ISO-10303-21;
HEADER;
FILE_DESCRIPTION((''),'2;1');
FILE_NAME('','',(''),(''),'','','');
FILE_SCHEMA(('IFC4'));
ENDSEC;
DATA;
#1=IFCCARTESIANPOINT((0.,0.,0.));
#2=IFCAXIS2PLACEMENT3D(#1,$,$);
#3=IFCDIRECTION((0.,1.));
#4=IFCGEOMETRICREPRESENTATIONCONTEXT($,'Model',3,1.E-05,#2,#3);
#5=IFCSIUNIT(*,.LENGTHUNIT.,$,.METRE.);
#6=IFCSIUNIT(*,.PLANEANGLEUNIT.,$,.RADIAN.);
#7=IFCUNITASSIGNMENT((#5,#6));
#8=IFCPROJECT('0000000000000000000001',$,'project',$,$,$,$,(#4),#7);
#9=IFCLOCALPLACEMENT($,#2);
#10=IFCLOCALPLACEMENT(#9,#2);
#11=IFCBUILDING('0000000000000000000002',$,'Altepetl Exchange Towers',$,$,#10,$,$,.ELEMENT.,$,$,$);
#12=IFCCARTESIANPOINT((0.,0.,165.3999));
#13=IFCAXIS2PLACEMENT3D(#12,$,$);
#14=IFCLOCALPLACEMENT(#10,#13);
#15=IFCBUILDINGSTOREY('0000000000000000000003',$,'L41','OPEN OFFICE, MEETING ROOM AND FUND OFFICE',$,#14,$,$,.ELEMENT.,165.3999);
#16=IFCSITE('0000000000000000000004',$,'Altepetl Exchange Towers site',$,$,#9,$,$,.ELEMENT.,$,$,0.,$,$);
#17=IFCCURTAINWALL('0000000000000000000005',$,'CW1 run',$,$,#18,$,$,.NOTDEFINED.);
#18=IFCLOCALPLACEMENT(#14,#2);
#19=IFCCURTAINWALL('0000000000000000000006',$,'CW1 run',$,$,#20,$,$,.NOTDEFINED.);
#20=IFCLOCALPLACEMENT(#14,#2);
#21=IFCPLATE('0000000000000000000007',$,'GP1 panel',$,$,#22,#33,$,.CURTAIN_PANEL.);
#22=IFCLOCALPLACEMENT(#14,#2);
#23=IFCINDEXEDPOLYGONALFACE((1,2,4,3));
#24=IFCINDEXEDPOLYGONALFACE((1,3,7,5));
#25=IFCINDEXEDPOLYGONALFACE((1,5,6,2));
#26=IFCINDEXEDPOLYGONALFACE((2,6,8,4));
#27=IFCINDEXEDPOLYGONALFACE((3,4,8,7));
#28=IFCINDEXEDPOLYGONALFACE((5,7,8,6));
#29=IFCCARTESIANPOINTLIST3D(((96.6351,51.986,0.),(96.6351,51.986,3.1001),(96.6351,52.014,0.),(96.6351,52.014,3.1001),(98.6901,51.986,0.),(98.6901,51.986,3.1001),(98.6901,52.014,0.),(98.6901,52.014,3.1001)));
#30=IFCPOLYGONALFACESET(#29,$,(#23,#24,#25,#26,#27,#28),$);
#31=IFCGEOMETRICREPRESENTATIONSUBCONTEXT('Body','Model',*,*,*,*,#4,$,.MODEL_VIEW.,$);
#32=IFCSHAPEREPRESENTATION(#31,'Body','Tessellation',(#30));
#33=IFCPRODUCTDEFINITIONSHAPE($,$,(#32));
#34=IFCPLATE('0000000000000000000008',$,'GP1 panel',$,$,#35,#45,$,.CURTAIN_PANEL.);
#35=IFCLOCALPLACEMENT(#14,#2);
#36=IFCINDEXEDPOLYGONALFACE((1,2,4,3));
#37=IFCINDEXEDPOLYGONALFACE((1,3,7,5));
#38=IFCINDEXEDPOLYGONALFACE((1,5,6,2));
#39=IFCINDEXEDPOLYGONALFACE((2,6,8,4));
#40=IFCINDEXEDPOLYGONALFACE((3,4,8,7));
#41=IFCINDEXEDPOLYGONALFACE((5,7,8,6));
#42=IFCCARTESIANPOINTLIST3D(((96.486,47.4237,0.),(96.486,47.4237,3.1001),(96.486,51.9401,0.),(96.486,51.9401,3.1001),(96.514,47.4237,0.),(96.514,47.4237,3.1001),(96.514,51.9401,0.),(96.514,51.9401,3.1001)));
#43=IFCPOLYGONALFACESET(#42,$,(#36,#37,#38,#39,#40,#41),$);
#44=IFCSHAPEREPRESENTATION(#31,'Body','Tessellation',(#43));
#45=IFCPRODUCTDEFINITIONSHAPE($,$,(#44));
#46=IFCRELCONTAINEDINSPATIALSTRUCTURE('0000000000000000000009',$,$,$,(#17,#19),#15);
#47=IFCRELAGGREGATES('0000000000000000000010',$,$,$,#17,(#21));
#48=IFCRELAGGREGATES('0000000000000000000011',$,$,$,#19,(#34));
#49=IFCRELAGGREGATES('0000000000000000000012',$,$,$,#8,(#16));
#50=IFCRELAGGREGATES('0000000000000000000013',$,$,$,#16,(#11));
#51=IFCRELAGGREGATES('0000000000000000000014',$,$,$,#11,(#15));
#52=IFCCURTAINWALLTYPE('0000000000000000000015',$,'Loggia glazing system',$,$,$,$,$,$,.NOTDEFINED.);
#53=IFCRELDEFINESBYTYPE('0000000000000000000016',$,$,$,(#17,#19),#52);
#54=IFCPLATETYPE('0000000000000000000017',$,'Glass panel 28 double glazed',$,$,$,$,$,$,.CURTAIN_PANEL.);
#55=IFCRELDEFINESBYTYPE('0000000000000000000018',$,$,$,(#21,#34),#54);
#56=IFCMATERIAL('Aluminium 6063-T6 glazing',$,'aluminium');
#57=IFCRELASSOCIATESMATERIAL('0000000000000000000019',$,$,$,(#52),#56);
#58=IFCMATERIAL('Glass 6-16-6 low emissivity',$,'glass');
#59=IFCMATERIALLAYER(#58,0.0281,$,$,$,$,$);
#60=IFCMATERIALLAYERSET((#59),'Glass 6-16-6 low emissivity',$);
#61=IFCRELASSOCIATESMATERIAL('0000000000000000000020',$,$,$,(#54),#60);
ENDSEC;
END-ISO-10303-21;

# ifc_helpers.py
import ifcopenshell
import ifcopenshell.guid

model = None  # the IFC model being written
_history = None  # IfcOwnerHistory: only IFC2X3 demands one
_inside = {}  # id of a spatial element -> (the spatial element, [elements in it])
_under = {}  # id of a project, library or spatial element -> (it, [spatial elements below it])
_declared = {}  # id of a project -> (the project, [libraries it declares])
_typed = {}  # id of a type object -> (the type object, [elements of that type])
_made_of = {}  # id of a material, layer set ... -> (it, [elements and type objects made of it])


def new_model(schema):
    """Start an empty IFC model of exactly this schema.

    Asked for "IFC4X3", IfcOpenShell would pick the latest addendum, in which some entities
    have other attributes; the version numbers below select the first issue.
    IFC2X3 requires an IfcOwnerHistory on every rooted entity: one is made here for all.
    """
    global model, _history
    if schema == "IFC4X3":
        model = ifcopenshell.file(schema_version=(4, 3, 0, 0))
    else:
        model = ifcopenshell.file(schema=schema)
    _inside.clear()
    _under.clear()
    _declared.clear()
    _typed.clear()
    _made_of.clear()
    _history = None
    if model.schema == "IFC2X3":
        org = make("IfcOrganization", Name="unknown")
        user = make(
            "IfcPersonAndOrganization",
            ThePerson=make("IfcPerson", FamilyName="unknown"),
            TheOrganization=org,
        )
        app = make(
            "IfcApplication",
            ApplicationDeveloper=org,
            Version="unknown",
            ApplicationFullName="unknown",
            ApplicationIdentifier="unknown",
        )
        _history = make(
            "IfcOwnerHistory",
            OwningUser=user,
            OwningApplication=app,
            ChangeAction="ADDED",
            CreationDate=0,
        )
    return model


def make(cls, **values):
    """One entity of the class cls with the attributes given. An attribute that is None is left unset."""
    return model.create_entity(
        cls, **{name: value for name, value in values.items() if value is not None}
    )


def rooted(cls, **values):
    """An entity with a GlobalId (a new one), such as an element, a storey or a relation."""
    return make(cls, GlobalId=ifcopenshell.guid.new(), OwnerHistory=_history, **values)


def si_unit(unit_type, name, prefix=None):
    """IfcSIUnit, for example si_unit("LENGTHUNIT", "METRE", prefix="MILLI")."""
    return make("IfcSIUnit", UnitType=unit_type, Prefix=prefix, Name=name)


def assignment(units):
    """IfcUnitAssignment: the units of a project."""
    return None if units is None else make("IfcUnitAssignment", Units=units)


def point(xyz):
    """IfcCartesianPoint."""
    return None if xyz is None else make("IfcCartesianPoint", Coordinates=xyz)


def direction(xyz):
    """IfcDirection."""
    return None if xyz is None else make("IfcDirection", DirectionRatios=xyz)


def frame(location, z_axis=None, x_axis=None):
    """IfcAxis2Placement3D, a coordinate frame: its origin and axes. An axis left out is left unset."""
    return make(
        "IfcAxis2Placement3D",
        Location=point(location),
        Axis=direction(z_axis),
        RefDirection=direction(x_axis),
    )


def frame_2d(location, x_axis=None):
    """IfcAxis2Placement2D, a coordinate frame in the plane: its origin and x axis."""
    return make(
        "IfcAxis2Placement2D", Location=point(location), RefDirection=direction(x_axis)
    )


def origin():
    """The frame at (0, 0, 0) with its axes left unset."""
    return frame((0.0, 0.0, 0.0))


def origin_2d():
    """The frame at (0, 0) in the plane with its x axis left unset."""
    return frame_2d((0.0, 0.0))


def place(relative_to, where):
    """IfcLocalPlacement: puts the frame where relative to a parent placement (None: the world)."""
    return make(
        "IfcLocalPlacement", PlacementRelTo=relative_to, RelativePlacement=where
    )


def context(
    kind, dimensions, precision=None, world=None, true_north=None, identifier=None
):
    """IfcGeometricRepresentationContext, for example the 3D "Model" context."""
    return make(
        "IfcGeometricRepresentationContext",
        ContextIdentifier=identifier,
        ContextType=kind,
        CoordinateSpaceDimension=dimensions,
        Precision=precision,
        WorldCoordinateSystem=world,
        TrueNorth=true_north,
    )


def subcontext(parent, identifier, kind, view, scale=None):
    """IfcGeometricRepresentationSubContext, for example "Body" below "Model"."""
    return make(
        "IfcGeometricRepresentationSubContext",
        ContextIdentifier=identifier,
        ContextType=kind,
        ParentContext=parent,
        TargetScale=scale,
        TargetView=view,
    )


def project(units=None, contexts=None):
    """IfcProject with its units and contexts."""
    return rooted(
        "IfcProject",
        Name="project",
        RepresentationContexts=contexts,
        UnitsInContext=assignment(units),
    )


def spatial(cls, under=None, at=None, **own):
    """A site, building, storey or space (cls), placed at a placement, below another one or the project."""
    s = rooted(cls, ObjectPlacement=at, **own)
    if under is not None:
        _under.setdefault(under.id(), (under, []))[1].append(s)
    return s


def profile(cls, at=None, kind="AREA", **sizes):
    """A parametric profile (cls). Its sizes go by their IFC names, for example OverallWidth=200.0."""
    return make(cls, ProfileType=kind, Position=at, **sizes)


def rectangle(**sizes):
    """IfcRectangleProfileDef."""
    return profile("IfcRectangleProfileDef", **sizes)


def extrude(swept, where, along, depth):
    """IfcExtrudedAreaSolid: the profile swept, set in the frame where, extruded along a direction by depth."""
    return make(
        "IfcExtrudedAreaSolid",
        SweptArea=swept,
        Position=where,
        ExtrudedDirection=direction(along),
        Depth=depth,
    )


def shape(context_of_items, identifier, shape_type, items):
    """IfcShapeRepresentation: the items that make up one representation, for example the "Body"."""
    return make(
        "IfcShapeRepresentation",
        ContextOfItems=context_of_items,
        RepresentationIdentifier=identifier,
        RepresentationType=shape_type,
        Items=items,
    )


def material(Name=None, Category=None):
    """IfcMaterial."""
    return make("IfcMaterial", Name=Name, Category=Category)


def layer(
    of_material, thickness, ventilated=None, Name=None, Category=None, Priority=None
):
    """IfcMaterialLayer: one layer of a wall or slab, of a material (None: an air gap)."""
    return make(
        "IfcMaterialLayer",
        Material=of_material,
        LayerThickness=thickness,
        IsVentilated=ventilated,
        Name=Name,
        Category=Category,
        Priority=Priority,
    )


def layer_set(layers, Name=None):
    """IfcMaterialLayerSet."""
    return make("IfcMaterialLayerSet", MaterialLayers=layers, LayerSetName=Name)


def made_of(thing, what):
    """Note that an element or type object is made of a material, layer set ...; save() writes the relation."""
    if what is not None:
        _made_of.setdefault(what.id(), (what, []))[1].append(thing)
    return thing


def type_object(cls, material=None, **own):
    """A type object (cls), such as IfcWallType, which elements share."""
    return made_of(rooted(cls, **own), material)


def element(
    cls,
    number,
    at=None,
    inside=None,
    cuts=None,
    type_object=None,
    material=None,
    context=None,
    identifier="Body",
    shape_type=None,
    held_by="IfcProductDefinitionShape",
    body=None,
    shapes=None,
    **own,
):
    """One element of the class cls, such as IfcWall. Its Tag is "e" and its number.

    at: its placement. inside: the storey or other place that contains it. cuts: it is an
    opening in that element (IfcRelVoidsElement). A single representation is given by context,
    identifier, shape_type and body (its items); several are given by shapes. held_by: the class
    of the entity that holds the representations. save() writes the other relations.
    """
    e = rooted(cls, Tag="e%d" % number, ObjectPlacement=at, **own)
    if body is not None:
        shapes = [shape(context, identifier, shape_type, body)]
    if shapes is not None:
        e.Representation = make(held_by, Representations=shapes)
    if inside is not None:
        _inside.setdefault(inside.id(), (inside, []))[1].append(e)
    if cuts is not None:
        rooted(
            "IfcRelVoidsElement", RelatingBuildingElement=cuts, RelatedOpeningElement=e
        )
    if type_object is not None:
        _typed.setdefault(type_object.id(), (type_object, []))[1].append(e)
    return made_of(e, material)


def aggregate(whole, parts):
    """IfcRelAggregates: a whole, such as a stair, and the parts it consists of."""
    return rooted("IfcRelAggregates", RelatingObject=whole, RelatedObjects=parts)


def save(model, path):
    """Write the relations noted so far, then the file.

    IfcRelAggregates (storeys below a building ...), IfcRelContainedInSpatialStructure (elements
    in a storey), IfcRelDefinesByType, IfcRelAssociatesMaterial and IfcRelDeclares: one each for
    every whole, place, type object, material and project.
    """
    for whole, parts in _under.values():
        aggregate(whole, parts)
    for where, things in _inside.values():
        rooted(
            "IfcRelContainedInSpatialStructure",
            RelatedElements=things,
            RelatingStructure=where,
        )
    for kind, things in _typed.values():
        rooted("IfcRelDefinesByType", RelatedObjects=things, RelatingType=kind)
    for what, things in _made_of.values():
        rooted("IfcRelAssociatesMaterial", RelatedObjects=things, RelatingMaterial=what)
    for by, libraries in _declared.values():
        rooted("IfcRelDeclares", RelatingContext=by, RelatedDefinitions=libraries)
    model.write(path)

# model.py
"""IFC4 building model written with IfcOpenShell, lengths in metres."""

from ifc_helpers import new_model, si_unit, direction, frame, origin, origin_2d, place, context, subcontext, project, spatial, rectangle, extrude, material, layer, layer_set, type_object, element, aggregate, save


model = new_model("IFC4")

# Units and contexts
model_context = context("Model", 3, precision=1e-05, world=origin(), true_north=direction((0.0, 1.0)))
body_context = subcontext(model_context, "Body", "Model", "MODEL_VIEW")
ifc_project = project(units=[si_unit("LENGTHUNIT", "METRE"), si_unit("PLANEANGLEUNIT", "RADIAN")], contexts=[model_context])

# Site, building, storey
site_placement = place(None, origin())
site = spatial("IfcSite", under=ifc_project, at=site_placement, Name="Altepetl Exchange Towers site", CompositionType="ELEMENT", RefElevation=0.0)
building_placement = place(site_placement, origin())
building = spatial("IfcBuilding", under=site, at=building_placement, Name="Altepetl Exchange Towers", CompositionType="ELEMENT")
storey_placement = place(building_placement, frame((0.0, 0.0, 165.3999)))
storey = spatial("IfcBuildingStorey", under=building, at=storey_placement, Name="L41", Description="OPEN OFFICE, MEETING ROOM AND FUND OFFICE", CompositionType="ELEMENT", Elevation=165.3999)

# Shared definitions
ifc_material_1 = material(Name="Aluminium 6063-T6 glazing", Category="aluminium")
curtain_wall_type = type_object("IfcCurtainWallType", Name="Loggia glazing system", PredefinedType="NOTDEFINED", material=ifc_material_1)

# Curtain walls
curtain_wall_1_placement = place(storey_placement, origin())
curtain_wall_1 = element("IfcCurtainWall", 1, at=curtain_wall_1_placement, inside=storey, type_object=curtain_wall_type, Name="CW1 run", PredefinedType="NOTDEFINED")
curtain_wall_2_placement = place(storey_placement, origin())
curtain_wall_2 = element("IfcCurtainWall", 2, at=curtain_wall_2_placement, inside=storey, type_object=curtain_wall_type, Name="CW1 run", PredefinedType="NOTDEFINED")

# Plates
ifc_material_2 = material(Name="Glass 6-16-6 low emissivity", Category="glass")
ifc_layer = layer(ifc_material_2, 0.0281)
ifc_layer_set = layer_set([ifc_layer], Name="Glass 6-16-6 low emissivity")
plate_type = type_object("IfcPlateType", Name="Glass panel 28 double glazed", PredefinedType="CURTAIN_PANEL", material=ifc_layer_set)
plate_1_placement = place(storey_placement, frame((97.6626, 52.0, 0.0), z_axis=(0.0, 0.0, 1.0), x_axis=(-1.0, 0.0, 0.0)))
plate_1 = element("IfcPlate", 3, at=plate_1_placement, type_object=plate_type, Name="GP1 panel", PredefinedType="CURTAIN_PANEL", context=body_context, shape_type="SweptSolid", body=[
    extrude(rectangle(XDim=2.0549, YDim=0.0281, at=origin_2d()), origin(), (0.0, 0.0, 1.0), 3.1001),
])
aggregate(curtain_wall_1, [plate_1])
plate_2_placement = place(storey_placement, frame((96.5, 49.6819, 0.0), z_axis=(0.0, 0.0, 1.0), x_axis=(0.0, -1.0, 0.0)))
plate_2 = element("IfcPlate", 4, at=plate_2_placement, type_object=plate_type, Name="GP1 panel", PredefinedType="CURTAIN_PANEL", context=body_context, shape_type="SweptSolid", body=[
    extrude(rectangle(XDim=4.5164, YDim=0.0281, at=origin_2d()), origin(), (0.0, 0.0, 1.0), 3.1001),
])
aggregate(curtain_wall_2, [plate_2])

save(model, "model.ifc")
